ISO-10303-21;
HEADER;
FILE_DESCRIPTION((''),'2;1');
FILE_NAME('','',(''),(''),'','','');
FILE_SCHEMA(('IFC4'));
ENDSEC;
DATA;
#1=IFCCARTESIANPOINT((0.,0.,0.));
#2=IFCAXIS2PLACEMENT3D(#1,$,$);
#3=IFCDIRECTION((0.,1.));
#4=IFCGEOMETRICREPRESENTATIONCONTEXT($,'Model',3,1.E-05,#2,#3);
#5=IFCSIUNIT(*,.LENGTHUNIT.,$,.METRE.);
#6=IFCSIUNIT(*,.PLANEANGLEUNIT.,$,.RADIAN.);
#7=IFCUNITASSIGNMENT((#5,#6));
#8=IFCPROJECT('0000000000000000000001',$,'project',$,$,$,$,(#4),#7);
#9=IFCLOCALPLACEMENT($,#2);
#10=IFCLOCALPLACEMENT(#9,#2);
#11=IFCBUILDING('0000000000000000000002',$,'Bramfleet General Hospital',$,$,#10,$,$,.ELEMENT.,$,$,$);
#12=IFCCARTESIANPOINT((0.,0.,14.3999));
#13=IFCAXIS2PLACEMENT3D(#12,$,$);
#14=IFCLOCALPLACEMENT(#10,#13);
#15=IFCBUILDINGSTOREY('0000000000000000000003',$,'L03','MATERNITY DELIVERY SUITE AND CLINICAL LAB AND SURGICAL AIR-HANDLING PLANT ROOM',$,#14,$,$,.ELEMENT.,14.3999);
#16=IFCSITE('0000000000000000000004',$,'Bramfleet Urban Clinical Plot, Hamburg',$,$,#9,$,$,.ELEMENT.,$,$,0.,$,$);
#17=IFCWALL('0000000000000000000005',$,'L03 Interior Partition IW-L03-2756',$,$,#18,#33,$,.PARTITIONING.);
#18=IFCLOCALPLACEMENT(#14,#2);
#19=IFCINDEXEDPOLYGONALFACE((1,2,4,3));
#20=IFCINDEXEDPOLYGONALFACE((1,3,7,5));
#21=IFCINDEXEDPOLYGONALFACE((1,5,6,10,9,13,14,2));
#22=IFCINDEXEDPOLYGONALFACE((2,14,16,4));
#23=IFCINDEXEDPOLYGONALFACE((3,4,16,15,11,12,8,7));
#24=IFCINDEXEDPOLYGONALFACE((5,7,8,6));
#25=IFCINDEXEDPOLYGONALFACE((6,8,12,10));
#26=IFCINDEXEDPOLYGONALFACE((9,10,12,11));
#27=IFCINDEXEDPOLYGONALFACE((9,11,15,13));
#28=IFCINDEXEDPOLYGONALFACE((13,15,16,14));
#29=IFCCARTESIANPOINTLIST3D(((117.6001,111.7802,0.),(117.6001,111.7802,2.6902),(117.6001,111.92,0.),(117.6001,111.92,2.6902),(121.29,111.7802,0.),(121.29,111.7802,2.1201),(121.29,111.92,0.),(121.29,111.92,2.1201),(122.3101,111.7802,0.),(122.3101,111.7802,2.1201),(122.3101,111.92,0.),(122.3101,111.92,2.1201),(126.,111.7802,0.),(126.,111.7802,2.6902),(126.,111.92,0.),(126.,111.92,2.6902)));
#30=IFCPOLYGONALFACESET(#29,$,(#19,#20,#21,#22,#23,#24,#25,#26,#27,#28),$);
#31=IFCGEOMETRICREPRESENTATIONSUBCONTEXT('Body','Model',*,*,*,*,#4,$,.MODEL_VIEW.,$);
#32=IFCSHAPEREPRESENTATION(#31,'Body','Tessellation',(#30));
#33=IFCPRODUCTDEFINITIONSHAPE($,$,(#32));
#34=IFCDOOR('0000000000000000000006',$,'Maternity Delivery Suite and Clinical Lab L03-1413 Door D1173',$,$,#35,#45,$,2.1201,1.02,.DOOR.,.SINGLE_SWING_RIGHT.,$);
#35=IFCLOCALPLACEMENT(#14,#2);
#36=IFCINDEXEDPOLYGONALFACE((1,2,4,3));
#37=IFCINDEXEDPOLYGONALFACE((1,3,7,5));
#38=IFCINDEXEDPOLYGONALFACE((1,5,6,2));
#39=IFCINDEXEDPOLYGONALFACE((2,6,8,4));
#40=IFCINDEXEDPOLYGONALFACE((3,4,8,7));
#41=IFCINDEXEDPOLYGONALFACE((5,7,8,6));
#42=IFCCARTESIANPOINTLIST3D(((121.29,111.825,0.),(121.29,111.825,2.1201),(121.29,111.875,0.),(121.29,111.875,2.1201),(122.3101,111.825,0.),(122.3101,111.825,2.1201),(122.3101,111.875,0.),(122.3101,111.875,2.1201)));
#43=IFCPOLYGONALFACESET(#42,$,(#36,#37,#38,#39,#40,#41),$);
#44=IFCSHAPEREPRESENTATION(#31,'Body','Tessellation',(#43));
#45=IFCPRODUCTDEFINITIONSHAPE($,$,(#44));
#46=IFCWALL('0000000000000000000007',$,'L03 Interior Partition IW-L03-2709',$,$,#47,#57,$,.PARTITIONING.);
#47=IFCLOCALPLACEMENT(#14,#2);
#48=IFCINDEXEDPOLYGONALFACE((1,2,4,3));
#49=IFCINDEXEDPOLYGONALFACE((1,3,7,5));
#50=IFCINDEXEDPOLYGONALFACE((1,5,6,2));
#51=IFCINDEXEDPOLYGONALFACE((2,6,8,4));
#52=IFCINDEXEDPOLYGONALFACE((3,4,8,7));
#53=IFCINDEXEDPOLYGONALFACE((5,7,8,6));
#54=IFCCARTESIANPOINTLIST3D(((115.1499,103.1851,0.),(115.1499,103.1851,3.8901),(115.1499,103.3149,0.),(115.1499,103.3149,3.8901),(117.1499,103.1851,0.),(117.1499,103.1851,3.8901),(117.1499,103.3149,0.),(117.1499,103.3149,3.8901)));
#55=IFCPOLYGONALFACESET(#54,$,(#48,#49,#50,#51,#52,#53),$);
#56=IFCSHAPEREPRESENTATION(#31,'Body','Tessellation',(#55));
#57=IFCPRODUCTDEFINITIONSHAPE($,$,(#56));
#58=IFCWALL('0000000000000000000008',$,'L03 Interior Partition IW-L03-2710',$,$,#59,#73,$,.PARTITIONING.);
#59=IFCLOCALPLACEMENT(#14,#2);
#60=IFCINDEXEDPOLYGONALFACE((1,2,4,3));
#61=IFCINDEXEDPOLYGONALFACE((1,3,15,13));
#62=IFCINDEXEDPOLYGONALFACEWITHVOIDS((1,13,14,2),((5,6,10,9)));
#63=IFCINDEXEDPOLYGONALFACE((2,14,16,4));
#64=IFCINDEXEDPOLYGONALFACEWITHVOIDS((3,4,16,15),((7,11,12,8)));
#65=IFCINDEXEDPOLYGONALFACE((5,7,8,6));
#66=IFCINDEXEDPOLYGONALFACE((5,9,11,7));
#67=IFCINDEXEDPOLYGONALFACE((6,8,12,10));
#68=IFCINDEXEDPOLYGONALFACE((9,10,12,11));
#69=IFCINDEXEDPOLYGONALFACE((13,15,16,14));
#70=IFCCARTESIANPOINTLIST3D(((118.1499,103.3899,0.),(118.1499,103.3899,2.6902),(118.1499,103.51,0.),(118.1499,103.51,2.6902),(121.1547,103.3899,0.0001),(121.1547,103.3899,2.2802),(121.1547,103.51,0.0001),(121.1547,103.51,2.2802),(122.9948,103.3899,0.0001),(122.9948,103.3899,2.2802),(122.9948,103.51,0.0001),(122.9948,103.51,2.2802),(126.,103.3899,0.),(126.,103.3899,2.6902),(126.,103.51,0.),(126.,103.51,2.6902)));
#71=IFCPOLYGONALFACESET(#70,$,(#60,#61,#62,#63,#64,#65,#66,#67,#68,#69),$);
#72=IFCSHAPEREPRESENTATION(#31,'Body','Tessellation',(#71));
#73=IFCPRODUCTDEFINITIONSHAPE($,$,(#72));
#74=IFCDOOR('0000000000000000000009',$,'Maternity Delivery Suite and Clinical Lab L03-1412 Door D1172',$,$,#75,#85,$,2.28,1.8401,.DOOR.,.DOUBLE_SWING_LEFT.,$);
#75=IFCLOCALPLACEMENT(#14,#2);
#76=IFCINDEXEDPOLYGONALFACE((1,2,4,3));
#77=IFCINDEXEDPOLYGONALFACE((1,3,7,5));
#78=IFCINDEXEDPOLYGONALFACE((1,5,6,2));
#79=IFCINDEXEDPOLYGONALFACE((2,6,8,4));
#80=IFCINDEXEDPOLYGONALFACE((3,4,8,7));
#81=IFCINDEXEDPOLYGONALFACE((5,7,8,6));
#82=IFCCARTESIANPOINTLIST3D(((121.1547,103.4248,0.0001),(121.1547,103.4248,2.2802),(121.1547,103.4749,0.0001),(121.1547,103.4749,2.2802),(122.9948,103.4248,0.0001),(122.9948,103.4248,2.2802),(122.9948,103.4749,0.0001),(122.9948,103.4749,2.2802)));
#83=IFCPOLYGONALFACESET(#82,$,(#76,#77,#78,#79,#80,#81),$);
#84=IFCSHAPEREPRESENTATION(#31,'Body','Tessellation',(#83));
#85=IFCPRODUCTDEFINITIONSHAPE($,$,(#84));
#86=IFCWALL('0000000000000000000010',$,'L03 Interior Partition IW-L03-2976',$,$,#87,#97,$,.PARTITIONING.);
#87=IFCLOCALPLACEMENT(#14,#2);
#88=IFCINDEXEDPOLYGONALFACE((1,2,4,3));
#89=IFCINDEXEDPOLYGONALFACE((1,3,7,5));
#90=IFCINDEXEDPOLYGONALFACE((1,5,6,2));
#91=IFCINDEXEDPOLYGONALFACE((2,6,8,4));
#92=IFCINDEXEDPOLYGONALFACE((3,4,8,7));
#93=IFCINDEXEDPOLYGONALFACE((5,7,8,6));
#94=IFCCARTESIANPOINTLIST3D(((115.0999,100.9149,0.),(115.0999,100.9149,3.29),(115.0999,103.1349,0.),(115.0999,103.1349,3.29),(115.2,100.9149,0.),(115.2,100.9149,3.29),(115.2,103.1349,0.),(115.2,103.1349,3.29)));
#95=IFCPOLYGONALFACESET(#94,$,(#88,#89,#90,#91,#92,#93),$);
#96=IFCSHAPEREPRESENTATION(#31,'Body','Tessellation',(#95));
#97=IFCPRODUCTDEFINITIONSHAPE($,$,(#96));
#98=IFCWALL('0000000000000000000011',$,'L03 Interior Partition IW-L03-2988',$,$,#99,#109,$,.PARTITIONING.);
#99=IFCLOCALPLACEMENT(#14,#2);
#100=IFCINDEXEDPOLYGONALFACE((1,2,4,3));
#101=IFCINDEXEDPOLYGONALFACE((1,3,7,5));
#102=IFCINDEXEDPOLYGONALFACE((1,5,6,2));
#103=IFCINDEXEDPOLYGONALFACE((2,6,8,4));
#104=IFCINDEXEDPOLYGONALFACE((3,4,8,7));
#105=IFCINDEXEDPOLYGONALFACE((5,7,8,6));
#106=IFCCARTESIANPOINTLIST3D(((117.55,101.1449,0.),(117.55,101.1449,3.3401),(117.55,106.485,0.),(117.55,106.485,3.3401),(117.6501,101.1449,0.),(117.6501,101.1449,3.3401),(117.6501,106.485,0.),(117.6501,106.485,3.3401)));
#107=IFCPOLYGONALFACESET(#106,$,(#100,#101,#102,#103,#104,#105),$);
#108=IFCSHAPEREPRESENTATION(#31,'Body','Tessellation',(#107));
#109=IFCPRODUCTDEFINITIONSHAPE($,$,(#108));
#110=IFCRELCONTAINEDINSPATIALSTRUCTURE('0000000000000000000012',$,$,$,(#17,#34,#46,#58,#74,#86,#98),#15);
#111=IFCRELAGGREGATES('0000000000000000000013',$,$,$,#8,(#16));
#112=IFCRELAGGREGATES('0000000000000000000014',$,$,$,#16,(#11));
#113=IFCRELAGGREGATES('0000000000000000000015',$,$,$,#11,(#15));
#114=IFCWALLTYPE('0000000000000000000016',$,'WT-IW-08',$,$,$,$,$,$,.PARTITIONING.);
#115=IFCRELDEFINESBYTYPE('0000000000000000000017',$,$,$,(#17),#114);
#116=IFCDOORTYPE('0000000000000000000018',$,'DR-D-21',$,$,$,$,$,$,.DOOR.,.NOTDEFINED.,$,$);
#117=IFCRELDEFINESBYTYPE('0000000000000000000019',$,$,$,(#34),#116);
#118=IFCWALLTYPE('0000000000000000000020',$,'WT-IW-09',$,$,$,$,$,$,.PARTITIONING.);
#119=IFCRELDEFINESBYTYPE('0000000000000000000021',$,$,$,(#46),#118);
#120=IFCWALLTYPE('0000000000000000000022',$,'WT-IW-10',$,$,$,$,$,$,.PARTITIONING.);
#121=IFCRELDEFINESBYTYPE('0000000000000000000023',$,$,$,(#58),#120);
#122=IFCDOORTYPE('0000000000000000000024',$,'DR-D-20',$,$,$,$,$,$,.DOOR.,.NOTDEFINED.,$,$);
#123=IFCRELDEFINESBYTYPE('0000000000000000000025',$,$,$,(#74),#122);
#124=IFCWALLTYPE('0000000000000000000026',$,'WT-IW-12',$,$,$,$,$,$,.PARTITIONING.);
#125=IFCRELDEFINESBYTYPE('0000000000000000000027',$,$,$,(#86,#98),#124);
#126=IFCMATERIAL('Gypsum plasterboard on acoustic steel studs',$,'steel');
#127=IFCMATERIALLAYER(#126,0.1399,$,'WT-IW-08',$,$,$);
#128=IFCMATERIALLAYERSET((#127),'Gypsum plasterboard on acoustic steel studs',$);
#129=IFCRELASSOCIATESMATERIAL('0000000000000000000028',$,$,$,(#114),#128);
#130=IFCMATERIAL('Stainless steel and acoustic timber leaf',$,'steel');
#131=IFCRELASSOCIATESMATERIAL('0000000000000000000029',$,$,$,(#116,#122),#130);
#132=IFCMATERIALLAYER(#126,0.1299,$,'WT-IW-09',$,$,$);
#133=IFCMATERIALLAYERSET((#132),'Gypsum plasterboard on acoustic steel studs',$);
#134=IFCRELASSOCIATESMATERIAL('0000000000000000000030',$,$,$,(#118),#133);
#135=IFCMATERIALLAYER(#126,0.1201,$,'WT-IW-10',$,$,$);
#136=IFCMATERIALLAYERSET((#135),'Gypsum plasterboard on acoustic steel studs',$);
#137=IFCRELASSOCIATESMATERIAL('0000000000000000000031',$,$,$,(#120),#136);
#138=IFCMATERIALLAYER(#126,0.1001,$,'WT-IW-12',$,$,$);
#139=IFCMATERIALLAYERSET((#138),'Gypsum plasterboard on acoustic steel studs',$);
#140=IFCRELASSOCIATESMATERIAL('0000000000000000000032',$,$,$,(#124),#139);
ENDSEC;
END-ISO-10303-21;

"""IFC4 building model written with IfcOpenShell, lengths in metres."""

from ifc_helpers import new_model, si_unit, direction, frame, frame_2d, origin, place, context, subcontext, project, spatial, rectangle, extrude, material, layer, layer_set, type_object, element, fill, save


model = new_model("IFC4")

# Units and contexts
model_context = context("Model", 3, precision=1e-05, world=origin(), true_north=direction((0.0, 1.0)))
body_context = subcontext(model_context, "Body", "Model", "MODEL_VIEW")
ifc_project = project(units=[si_unit("LENGTHUNIT", "METRE"), si_unit("PLANEANGLEUNIT", "RADIAN")], contexts=[model_context])

# Site, building, storey
site_placement = place(None, origin())
site = spatial("IfcSite", under=ifc_project, at=site_placement, Name="Bramfleet Urban Clinical Plot, Hamburg", CompositionType="ELEMENT", RefElevation=0.0)
building_placement = place(site_placement, origin())
building = spatial("IfcBuilding", under=site, at=building_placement, Name="Bramfleet General Hospital", CompositionType="ELEMENT")
storey_placement = place(building_placement, frame((0.0, 0.0, 14.3999)))
storey = spatial("IfcBuildingStorey", under=building, at=storey_placement, Name="L03", Description="MATERNITY DELIVERY SUITE AND CLINICAL LAB AND SURGICAL AIR-HANDLING PLANT ROOM", CompositionType="ELEMENT", Elevation=14.3999)

# Shared definitions
ifc_material_1 = material(Name="Gypsum plasterboard on acoustic steel studs", Category="steel")

# Wall, opening, door
ifc_layer_1 = layer(ifc_material_1, 0.1399, Name="WT-IW-08")
ifc_layer_set_1 = layer_set([ifc_layer_1], Name="Gypsum plasterboard on acoustic steel studs")
wall_type_1 = type_object("IfcWallType", Name="WT-IW-08", PredefinedType="PARTITIONING", material=ifc_layer_set_1)
wall_1_placement = place(storey_placement, frame((117.6001, 111.8501, 0.0), z_axis=(0.0, 0.0, 1.0), x_axis=(1.0, 0.0, 0.0)))
wall_1 = element("IfcWall", 1, at=wall_1_placement, inside=storey, type_object=wall_type_1, Name="L03 Interior Partition IW-L03-2756", PredefinedType="PARTITIONING", context=body_context, shape_type="SweptSolid", body=[
    extrude(rectangle(XDim=8.3999, YDim=0.1399, at=frame_2d((4.2, 0.0))), origin(), (0.0, 0.0, 1.0), 2.6902),
])
opening_1_placement = place(wall_1_placement, frame((3.6899, 0.0, 0.0)))
opening_1 = element("IfcOpeningElement", 2, at=opening_1_placement, cuts=wall_1, PredefinedType="OPENING", context=body_context, shape_type="SweptSolid", body=[
    extrude(rectangle(XDim=1.02, YDim=2.1201, at=frame_2d((0.51, 1.0601))), frame((0.0, 0.0798, 0.0), z_axis=(0.0, -1.0, 0.0), x_axis=(1.0, 0.0, 0.0)), (0.0, 0.0, 1.0), 0.1599),
])
ifc_material_2 = material(Name="Stainless steel and acoustic timber leaf", Category="steel")
door_type_1 = type_object("IfcDoorType", Name="DR-D-21", OperationType="NOTDEFINED", PredefinedType="DOOR", material=ifc_material_2)
door_1_placement = place(opening_1_placement, origin())
door_1 = element("IfcDoor", 3, at=door_1_placement, inside=storey, type_object=door_type_1, Name="Maternity Delivery Suite and Clinical Lab L03-1413 Door D1173", OperationType="SINGLE_SWING_RIGHT", OverallHeight=2.1201, OverallWidth=1.02, PredefinedType="DOOR", context=body_context, shape_type="SweptSolid", body=[
    extrude(rectangle(XDim=1.02, YDim=2.1201, at=frame_2d((0.51, 1.0601))), frame((0.0, 0.0249, 0.0), z_axis=(0.0, -1.0, 0.0), x_axis=(1.0, 0.0, 0.0)), (0.0, 0.0, 1.0), 0.05),
])
fill(opening_1, door_1)

# Wall
ifc_layer_2 = layer(ifc_material_1, 0.1299, Name="WT-IW-09")
ifc_layer_set_2 = layer_set([ifc_layer_2], Name="Gypsum plasterboard on acoustic steel studs")
wall_type_2 = type_object("IfcWallType", Name="WT-IW-09", PredefinedType="PARTITIONING", material=ifc_layer_set_2)
wall_2_placement = place(storey_placement, frame((115.1499, 103.25, 0.0), z_axis=(0.0, 0.0, 1.0), x_axis=(1.0, 0.0, 0.0)))
element("IfcWall", 4, at=wall_2_placement, inside=storey, type_object=wall_type_2, Name="L03 Interior Partition IW-L03-2709", PredefinedType="PARTITIONING", context=body_context, shape_type="SweptSolid", body=[
    extrude(rectangle(XDim=2.0, YDim=0.1299, at=frame_2d((1.0, 0.0))), origin(), (0.0, 0.0, 1.0), 3.8901),
])

# Wall, opening, door
ifc_layer_3 = layer(ifc_material_1, 0.1201, Name="WT-IW-10")
ifc_layer_set_3 = layer_set([ifc_layer_3], Name="Gypsum plasterboard on acoustic steel studs")
wall_type_3 = type_object("IfcWallType", Name="WT-IW-10", PredefinedType="PARTITIONING", material=ifc_layer_set_3)
wall_3_placement = place(storey_placement, frame((118.1499, 103.45, 0.0), z_axis=(0.0, 0.0, 1.0), x_axis=(1.0, 0.0, 0.0)))
wall_3 = element("IfcWall", 5, at=wall_3_placement, inside=storey, type_object=wall_type_3, Name="L03 Interior Partition IW-L03-2710", PredefinedType="PARTITIONING", context=body_context, shape_type="SweptSolid", body=[
    extrude(rectangle(XDim=7.8501, YDim=0.1201, at=frame_2d((3.925, 0.0))), origin(), (0.0, 0.0, 1.0), 2.6902),
])
opening_2_placement = place(wall_3_placement, frame((3.0049, 0.0, 0.0)))
opening_2 = element("IfcOpeningElement", 6, at=opening_2_placement, cuts=wall_3, PredefinedType="OPENING", context=body_context, shape_type="SweptSolid", body=[
    extrude(rectangle(XDim=1.8401, YDim=2.28, at=frame_2d((0.9199, 1.1401))), frame((0.0, 0.0701, 0.0), z_axis=(0.0, -1.0, 0.0), x_axis=(1.0, 0.0, 0.0)), (0.0, 0.0, 1.0), 0.1401),
])
door_type_2 = type_object("IfcDoorType", Name="DR-D-20", OperationType="NOTDEFINED", PredefinedType="DOOR", material=ifc_material_2)
door_2_placement = place(opening_2_placement, origin())
door_2 = element("IfcDoor", 7, at=door_2_placement, inside=storey, type_object=door_type_2, Name="Maternity Delivery Suite and Clinical Lab L03-1412 Door D1172", OperationType="DOUBLE_SWING_LEFT", OverallHeight=2.28, OverallWidth=1.8401, PredefinedType="DOOR", context=body_context, shape_type="SweptSolid", body=[
    extrude(rectangle(XDim=1.8401, YDim=2.28, at=frame_2d((0.9199, 1.1401))), frame((0.0, 0.0249, 0.0), z_axis=(0.0, -1.0, 0.0), x_axis=(1.0, 0.0, 0.0)), (0.0, 0.0, 1.0), 0.05),
])
fill(opening_2, door_2)

# Walls
ifc_layer_4 = layer(ifc_material_1, 0.1001, Name="WT-IW-12")
ifc_layer_set_4 = layer_set([ifc_layer_4], Name="Gypsum plasterboard on acoustic steel studs")
wall_type_4 = type_object("IfcWallType", Name="WT-IW-12", PredefinedType="PARTITIONING", material=ifc_layer_set_4)
wall_4_placement = place(storey_placement, frame((115.1499, 100.915, 0.0), z_axis=(0.0, 0.0, 1.0), x_axis=(0.0, 1.0, 0.0)))
element("IfcWall", 8, at=wall_4_placement, inside=storey, type_object=wall_type_4, Name="L03 Interior Partition IW-L03-2976", PredefinedType="PARTITIONING", context=body_context, shape_type="SweptSolid", body=[
    extrude(rectangle(XDim=2.22, YDim=0.1001, at=frame_2d((1.1099, 0.0))), origin(), (0.0, 0.0, 1.0), 3.29),
])
wall_5_placement = place(storey_placement, frame((117.6001, 101.145, 0.0), z_axis=(0.0, 0.0, 1.0), x_axis=(0.0, 1.0, 0.0)))
element("IfcWall", 9, at=wall_5_placement, inside=storey, type_object=wall_type_4, Name="L03 Interior Partition IW-L03-2988", PredefinedType="PARTITIONING", context=body_context, shape_type="SweptSolid", body=[
    extrude(rectangle(XDim=5.3401, YDim=0.1001, at=frame_2d((2.6699, 0.0))), origin(), (0.0, 0.0, 1.0), 3.3401),
])

save(model, "model.ifc")
